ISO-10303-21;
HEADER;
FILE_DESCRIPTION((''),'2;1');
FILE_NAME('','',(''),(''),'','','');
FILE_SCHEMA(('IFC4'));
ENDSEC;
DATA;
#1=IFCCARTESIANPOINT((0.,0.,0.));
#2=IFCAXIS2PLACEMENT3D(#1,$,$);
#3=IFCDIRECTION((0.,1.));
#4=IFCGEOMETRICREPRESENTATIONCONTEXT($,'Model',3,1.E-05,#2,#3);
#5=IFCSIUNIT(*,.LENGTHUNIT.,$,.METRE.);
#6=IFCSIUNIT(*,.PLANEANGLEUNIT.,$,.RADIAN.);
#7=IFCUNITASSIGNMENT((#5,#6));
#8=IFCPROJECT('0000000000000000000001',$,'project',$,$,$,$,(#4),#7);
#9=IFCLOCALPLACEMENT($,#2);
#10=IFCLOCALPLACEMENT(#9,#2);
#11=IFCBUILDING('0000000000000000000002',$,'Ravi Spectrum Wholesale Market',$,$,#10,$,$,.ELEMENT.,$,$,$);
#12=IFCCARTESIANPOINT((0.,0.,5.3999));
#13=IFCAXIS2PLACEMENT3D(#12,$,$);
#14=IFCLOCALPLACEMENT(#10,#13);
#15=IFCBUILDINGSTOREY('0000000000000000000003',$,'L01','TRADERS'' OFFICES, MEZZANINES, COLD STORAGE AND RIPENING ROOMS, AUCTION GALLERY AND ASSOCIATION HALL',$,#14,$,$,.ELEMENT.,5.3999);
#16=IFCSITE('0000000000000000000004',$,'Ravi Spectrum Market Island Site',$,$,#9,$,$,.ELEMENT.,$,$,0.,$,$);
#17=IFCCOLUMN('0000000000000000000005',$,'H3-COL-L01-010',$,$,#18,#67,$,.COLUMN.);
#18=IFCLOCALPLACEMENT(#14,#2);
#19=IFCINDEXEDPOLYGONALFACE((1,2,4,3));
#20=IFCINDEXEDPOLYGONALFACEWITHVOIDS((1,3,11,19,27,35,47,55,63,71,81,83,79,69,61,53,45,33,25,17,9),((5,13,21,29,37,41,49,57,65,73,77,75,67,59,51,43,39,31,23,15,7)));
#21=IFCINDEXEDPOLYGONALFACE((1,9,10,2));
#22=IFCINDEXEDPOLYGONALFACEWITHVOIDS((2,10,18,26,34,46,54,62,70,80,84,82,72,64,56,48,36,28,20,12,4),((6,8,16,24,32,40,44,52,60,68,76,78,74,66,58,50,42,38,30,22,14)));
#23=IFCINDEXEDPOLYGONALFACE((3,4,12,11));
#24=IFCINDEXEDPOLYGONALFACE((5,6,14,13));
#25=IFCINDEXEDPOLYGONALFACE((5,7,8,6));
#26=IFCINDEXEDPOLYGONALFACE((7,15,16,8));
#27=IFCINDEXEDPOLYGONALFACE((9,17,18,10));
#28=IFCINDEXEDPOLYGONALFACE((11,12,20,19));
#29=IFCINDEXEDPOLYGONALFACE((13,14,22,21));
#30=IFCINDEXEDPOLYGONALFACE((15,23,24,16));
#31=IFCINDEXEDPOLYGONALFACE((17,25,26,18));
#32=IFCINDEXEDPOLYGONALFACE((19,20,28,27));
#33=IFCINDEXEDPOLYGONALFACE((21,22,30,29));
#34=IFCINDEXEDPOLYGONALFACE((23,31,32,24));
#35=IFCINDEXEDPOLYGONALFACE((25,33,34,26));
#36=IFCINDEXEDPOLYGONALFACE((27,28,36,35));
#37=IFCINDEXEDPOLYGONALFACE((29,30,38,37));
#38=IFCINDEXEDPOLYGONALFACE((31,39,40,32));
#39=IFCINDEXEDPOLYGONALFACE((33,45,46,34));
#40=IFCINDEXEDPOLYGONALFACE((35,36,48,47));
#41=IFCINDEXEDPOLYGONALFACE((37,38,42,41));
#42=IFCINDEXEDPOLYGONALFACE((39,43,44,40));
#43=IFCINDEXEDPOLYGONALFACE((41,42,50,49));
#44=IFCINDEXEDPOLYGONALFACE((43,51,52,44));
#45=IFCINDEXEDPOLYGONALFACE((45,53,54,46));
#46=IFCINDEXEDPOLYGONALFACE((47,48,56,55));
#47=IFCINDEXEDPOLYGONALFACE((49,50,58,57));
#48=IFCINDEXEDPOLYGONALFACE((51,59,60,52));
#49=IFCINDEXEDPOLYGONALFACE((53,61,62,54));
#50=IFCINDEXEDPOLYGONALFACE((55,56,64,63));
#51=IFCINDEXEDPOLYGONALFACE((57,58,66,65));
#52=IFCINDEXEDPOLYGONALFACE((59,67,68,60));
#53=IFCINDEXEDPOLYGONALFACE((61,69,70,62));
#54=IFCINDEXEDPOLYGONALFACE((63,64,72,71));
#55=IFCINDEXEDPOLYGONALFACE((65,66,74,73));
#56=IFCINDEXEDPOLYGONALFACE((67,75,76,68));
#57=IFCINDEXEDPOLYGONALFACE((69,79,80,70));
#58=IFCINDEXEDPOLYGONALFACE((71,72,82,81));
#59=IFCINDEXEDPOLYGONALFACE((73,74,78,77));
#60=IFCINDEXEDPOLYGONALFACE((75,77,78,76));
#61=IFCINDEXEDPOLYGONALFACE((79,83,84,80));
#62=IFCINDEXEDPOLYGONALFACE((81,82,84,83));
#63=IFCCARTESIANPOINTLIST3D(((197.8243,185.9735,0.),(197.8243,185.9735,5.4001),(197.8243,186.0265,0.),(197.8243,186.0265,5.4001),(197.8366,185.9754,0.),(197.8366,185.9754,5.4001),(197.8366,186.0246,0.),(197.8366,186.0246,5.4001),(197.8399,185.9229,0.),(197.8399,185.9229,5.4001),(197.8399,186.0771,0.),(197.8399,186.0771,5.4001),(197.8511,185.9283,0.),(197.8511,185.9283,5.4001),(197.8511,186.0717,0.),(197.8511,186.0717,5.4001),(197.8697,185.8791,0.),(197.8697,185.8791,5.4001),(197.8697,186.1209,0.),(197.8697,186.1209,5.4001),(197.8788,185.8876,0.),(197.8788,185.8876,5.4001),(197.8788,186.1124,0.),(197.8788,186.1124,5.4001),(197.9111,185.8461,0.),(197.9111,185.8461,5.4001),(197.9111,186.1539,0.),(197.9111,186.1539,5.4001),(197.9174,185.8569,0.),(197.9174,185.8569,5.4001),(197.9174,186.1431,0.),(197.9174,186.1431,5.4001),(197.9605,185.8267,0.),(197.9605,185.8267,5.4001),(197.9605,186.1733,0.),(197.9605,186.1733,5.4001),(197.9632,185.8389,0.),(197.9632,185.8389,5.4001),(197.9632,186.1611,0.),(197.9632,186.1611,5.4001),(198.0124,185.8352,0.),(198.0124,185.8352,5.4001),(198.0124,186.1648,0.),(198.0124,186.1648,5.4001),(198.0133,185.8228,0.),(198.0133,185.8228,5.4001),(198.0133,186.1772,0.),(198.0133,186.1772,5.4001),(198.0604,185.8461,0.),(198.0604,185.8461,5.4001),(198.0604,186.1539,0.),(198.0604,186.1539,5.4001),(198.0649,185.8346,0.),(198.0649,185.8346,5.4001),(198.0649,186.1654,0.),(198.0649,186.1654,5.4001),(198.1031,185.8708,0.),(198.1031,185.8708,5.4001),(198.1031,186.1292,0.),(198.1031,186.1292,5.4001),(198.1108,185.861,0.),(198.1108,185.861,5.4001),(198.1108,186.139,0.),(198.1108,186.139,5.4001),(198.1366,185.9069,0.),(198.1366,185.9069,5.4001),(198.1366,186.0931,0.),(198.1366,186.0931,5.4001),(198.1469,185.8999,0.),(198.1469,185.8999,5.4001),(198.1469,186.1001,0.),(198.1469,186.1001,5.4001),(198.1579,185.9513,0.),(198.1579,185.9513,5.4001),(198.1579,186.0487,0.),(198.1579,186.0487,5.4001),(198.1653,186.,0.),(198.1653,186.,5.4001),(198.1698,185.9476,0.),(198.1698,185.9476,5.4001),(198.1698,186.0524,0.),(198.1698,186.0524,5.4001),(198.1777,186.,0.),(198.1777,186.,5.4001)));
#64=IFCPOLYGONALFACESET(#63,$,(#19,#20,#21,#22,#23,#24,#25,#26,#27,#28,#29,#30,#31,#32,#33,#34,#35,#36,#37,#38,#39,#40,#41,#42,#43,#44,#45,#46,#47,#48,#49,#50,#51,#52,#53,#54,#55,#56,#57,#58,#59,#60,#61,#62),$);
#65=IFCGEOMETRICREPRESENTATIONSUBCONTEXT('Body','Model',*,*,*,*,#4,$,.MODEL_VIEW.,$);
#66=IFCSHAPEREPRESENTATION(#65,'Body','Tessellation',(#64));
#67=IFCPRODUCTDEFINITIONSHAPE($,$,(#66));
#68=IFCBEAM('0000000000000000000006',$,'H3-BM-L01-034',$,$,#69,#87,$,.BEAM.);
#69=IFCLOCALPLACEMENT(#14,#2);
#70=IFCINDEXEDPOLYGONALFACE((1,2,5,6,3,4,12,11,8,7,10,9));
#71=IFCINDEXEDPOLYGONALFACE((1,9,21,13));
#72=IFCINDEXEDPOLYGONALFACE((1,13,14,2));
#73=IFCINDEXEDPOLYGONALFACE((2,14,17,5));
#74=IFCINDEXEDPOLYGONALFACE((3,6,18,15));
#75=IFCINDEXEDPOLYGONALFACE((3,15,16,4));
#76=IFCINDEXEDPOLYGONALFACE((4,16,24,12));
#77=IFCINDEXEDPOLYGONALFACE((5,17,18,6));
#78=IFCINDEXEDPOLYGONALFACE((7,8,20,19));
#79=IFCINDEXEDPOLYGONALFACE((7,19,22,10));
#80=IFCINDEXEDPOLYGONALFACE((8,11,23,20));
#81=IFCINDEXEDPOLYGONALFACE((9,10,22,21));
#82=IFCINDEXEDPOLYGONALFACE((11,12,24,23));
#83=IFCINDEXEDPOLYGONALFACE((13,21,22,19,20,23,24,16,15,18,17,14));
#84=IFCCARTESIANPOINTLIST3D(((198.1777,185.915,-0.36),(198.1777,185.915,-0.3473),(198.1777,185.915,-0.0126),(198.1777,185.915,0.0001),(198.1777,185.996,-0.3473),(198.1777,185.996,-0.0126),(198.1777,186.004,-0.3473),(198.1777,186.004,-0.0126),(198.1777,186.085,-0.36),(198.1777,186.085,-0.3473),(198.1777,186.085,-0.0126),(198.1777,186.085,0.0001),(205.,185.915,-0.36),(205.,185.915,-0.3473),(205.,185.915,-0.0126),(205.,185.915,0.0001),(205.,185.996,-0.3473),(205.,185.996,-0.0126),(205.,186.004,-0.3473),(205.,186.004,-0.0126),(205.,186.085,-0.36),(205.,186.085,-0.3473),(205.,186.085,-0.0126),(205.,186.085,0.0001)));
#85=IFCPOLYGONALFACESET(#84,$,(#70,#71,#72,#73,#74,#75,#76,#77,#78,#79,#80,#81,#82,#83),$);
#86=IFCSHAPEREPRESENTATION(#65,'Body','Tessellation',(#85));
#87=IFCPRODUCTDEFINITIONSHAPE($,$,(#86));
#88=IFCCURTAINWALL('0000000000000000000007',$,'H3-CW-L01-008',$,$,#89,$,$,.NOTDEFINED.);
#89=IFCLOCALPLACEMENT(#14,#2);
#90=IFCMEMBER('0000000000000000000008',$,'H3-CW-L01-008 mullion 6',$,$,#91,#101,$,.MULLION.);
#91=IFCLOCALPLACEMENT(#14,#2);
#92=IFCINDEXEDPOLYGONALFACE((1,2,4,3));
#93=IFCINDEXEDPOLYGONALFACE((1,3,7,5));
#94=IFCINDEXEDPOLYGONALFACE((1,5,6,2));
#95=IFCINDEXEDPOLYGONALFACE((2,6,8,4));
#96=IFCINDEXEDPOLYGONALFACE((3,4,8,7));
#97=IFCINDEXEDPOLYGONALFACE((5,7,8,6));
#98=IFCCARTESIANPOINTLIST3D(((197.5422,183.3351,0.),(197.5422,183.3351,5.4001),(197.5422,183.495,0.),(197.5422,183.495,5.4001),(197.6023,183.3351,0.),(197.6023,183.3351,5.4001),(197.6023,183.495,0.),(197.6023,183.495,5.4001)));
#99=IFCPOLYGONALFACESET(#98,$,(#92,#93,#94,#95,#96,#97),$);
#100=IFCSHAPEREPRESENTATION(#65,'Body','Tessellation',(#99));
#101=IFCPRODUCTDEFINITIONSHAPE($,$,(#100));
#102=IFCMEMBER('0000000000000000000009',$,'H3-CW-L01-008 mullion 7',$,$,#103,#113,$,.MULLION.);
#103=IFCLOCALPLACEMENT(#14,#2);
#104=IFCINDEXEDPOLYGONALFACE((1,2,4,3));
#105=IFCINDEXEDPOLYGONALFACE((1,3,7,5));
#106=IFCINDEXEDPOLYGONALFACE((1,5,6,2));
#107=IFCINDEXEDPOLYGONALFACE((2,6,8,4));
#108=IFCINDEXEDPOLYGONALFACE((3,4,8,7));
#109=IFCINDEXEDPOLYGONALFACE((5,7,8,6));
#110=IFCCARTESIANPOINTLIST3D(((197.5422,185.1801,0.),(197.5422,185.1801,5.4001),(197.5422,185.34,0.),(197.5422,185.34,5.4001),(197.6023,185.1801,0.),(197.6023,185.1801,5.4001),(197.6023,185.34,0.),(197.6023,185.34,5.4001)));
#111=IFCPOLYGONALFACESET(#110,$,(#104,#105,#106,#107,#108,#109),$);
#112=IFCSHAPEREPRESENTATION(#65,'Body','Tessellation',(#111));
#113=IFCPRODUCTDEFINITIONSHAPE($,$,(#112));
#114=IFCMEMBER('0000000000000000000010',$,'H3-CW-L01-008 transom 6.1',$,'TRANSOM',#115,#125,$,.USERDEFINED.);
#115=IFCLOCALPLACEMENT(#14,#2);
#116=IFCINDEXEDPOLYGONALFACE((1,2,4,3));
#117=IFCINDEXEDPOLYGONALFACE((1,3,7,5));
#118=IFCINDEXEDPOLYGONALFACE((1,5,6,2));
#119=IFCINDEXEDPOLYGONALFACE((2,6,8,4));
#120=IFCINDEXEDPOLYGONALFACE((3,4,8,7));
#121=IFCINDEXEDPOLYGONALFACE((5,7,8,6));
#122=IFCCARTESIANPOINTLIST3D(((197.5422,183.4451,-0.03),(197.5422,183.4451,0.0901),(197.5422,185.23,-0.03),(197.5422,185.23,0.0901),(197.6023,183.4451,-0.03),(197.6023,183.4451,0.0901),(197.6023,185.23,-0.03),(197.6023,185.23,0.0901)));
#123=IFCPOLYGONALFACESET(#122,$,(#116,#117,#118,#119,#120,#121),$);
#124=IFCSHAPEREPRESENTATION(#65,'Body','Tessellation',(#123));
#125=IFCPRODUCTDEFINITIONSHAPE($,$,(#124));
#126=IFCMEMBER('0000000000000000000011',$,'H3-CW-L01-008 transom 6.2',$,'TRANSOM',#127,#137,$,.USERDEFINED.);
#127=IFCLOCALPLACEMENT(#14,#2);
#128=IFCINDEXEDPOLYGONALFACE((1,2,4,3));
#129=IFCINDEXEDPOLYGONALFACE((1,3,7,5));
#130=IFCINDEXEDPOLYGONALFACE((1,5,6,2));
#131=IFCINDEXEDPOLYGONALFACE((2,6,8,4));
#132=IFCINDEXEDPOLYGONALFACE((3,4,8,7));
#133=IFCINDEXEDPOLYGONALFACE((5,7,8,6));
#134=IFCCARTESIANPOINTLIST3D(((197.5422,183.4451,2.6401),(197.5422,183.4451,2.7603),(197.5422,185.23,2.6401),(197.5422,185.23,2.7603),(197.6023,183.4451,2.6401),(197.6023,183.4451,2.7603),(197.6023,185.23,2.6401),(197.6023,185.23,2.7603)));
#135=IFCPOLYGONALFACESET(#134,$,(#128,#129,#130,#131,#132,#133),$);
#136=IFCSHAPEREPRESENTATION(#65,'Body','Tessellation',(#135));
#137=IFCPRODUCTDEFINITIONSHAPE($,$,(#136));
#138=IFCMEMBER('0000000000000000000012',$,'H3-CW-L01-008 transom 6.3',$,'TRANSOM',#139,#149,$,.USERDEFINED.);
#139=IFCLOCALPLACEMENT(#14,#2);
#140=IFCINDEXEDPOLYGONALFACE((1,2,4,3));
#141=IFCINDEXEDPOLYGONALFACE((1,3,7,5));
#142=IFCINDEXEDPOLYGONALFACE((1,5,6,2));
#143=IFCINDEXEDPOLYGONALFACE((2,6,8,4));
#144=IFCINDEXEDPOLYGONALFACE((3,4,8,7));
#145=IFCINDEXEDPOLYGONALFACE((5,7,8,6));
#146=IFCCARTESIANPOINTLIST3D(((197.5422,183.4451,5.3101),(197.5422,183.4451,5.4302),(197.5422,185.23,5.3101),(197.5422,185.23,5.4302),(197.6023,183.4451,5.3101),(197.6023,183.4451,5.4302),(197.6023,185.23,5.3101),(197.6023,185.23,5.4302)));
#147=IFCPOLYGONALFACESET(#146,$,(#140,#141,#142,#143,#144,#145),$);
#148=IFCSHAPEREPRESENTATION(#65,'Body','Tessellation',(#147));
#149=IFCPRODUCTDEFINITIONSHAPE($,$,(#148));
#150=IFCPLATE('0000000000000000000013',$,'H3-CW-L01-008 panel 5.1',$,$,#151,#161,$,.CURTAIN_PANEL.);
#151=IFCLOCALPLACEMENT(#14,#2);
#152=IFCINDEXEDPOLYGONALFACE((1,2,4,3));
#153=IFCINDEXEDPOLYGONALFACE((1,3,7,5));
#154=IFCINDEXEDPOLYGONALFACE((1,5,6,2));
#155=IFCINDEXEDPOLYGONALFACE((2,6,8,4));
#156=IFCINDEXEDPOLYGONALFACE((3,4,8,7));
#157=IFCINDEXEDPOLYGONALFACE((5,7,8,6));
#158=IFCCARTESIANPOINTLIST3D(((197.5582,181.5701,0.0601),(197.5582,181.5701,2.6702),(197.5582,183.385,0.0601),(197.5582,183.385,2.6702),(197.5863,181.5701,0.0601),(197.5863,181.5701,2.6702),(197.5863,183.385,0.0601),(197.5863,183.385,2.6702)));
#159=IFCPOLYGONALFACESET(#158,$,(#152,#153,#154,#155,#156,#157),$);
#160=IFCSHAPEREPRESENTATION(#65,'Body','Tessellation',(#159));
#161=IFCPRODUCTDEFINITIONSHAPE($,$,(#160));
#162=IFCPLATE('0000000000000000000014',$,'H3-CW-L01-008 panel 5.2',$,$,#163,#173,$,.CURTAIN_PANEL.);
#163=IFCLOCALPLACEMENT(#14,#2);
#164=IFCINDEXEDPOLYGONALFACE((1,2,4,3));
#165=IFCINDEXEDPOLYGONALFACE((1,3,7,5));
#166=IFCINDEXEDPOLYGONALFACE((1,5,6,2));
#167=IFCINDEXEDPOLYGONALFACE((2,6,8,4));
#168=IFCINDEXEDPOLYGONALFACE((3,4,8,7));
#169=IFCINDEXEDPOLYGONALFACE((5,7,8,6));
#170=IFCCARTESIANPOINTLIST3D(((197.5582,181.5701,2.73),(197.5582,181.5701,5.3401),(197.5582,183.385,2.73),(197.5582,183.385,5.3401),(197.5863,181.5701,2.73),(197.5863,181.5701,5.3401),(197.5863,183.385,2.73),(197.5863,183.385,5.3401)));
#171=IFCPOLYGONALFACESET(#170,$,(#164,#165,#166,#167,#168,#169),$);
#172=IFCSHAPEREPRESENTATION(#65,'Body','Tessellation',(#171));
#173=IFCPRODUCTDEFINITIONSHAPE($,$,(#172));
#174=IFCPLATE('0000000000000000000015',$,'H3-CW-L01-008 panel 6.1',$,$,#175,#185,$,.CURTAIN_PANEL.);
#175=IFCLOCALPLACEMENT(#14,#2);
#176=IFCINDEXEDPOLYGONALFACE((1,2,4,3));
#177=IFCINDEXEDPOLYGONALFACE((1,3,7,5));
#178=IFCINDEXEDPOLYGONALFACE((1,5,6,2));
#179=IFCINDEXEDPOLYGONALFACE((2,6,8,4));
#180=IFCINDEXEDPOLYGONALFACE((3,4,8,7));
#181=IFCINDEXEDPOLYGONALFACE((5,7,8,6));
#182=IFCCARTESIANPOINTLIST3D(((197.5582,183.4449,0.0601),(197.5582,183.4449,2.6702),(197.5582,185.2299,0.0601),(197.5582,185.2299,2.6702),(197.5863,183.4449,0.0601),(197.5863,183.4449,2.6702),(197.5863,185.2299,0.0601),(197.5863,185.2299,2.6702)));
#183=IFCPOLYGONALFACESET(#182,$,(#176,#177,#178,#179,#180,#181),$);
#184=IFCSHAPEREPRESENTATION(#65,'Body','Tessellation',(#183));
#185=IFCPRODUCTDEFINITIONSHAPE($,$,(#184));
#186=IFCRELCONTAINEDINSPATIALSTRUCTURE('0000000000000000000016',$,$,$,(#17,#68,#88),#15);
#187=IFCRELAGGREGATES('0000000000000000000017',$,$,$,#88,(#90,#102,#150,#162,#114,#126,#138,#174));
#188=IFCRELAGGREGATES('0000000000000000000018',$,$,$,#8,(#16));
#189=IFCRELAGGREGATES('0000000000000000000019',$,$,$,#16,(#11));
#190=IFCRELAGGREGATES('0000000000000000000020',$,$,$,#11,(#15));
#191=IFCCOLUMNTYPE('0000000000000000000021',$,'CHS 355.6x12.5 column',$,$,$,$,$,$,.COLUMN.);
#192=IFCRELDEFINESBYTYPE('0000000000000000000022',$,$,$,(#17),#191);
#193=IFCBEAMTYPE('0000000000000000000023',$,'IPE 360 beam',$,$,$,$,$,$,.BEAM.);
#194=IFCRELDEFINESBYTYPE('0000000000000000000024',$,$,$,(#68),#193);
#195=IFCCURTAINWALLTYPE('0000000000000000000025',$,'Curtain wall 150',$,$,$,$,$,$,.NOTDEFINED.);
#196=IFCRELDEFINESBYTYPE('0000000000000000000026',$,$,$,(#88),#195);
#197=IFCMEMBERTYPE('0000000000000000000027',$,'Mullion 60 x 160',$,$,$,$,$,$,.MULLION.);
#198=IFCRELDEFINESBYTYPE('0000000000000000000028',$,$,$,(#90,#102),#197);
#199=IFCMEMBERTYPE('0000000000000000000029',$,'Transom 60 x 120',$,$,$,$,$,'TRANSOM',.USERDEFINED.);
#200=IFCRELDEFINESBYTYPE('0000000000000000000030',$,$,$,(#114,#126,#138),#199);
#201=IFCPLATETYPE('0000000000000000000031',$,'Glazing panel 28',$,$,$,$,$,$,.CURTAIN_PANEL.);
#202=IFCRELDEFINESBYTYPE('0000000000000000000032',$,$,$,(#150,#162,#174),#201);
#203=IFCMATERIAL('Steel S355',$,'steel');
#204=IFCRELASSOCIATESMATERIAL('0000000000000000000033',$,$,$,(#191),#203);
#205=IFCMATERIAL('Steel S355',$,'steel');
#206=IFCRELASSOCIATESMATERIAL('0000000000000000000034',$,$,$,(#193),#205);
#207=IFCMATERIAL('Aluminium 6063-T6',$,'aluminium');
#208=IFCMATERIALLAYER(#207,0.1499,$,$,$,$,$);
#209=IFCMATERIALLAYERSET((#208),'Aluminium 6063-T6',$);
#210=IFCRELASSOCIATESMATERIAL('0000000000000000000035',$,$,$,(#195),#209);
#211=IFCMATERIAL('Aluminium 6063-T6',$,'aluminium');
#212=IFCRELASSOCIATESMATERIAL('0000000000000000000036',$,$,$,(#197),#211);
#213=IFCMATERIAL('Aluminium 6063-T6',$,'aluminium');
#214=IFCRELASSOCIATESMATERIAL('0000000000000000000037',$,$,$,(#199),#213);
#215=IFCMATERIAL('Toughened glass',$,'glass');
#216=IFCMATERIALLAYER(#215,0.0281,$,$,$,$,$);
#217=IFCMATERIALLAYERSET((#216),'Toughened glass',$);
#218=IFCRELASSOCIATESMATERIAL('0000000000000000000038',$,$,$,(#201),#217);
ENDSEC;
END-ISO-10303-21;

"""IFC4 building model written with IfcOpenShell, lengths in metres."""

from ifc_helpers import new_model, si_unit, direction, frame, origin, origin_2d, place, context, subcontext, project, spatial, rectangle, hollow_circle, i_section, extrude, material, layer, layer_set, material_profile, profile_set, type_object, element, aggregate, save


model = new_model("IFC4")

# Units and contexts
model_context = context("Model", 3, precision=1e-05, world=origin(), true_north=direction((0.0, 1.0)))
body_context = subcontext(model_context, "Body", "Model", "MODEL_VIEW")
ifc_project = project(units=[si_unit("LENGTHUNIT", "METRE"), si_unit("PLANEANGLEUNIT", "RADIAN")], contexts=[model_context])

# Site, building, storey
site_placement = place(None, origin())
site = spatial("IfcSite", under=ifc_project, at=site_placement, Name="Ravi Spectrum Market Island Site", CompositionType="ELEMENT", RefElevation=0.0)
building_placement = place(site_placement, origin())
building = spatial("IfcBuilding", under=site, at=building_placement, Name="Ravi Spectrum Wholesale Market", CompositionType="ELEMENT")
storey_placement = place(building_placement, frame((0.0, 0.0, 5.3999)))
storey = spatial("IfcBuildingStorey", under=building, at=storey_placement, Name="L01", Description="TRADERS' OFFICES, MEZZANINES, COLD STORAGE AND RIPENING ROOMS, AUCTION GALLERY AND ASSOCIATION HALL", CompositionType="ELEMENT", Elevation=5.3999)

# Column
ifc_material_1 = material(Name="Steel S355", Category="steel")
ifc_material_profile_1 = material_profile(ifc_material_1, hollow_circle(Radius=0.1777, WallThickness=0.0125, at=origin_2d()))
ifc_profile_set_1 = profile_set([ifc_material_profile_1], Name="Steel S355")
column_type = type_object("IfcColumnType", Name="CHS 355.6x12.5 column", PredefinedType="COLUMN", material=ifc_profile_set_1)
column_placement = place(storey_placement, frame((198.0, 186.0, 0.0), z_axis=(0.0, 0.0, 1.0), x_axis=(1.0, 0.0, 0.0)))
element("IfcColumn", 1, at=column_placement, inside=storey, type_object=column_type, Name="H3-COL-L01-010", PredefinedType="COLUMN", context=body_context, shape_type="SweptSolid", body=[
    extrude(hollow_circle(Radius=0.1777, WallThickness=0.0125, at=origin_2d()), origin(), (0.0, 0.0, 1.0), 5.4001),
])

# Beam
ifc_material_2 = material(Name="Steel S355", Category="steel")
ifc_material_profile_2 = material_profile(ifc_material_2, i_section(OverallWidth=0.1699, OverallDepth=0.3601, WebThickness=0.0081, FlangeThickness=0.0127, at=origin_2d()))
ifc_profile_set_2 = profile_set([ifc_material_profile_2], Name="Steel S355")
beam_type = type_object("IfcBeamType", Name="IPE 360 beam", PredefinedType="BEAM", material=ifc_profile_set_2)
beam_placement = place(storey_placement, frame((198.1777, 186.0, -0.1799), z_axis=(1.0, 0.0, 0.0), x_axis=(0.0, 1.0, 0.0)))
element("IfcBeam", 2, at=beam_placement, inside=storey, type_object=beam_type, Name="H3-BM-L01-034", PredefinedType="BEAM", context=body_context, shape_type="SweptSolid", body=[
    extrude(i_section(OverallWidth=0.1699, OverallDepth=0.3601, WebThickness=0.0081, FlangeThickness=0.0127, at=origin_2d()), origin(), (0.0, 0.0, 1.0), 6.8223),
])

# Curtain wall, members, plates
ifc_material_3 = material(Name="Aluminium 6063-T6", Category="aluminium")
ifc_layer_1 = layer(ifc_material_3, 0.1499)
ifc_layer_set_1 = layer_set([ifc_layer_1], Name="Aluminium 6063-T6")
curtain_wall_type = type_object("IfcCurtainWallType", Name="Curtain wall 150", PredefinedType="NOTDEFINED", material=ifc_layer_set_1)
curtain_wall_placement = place(storey_placement, origin())
curtain_wall = element("IfcCurtainWall", 3, at=curtain_wall_placement, inside=storey, type_object=curtain_wall_type, Name="H3-CW-L01-008", PredefinedType="NOTDEFINED")
ifc_material_4 = material(Name="Aluminium 6063-T6", Category="aluminium")
ifc_material_profile_3 = material_profile(ifc_material_4, rectangle(XDim=0.0601, YDim=0.1599, at=origin_2d()))
ifc_profile_set_3 = profile_set([ifc_material_profile_3], Name="Aluminium 6063-T6")
member_type_1 = type_object("IfcMemberType", Name="Mullion 60 x 160", PredefinedType="MULLION", material=ifc_profile_set_3)
member_1_placement = place(storey_placement, frame((197.5723, 183.415, 0.0), z_axis=(0.0, 0.0, 1.0), x_axis=(-1.0, 0.0, 0.0)))
member_1 = element("IfcMember", 4, at=member_1_placement, type_object=member_type_1, Name="H3-CW-L01-008 mullion 6", PredefinedType="MULLION", context=body_context, shape_type="SweptSolid", body=[
    extrude(rectangle(XDim=0.0601, YDim=0.1599, at=origin_2d()), origin(), (0.0, 0.0, 1.0), 5.4001),
])
member_2_placement = place(storey_placement, frame((197.5723, 185.26, 0.0), z_axis=(0.0, 0.0, 1.0), x_axis=(-1.0, 0.0, 0.0)))
member_2 = element("IfcMember", 5, at=member_2_placement, type_object=member_type_1, Name="H3-CW-L01-008 mullion 7", PredefinedType="MULLION", context=body_context, shape_type="SweptSolid", body=[
    extrude(rectangle(XDim=0.0601, YDim=0.1599, at=origin_2d()), origin(), (0.0, 0.0, 1.0), 5.4001),
])
ifc_material_5 = material(Name="Aluminium 6063-T6", Category="aluminium")
ifc_material_profile_4 = material_profile(ifc_material_5, rectangle(XDim=0.0601, YDim=0.1201, at=origin_2d()))
ifc_profile_set_4 = profile_set([ifc_material_profile_4], Name="Aluminium 6063-T6")
member_type_2 = type_object("IfcMemberType", Name="Transom 60 x 120", ElementType="TRANSOM", PredefinedType="USERDEFINED", material=ifc_profile_set_4)
member_3_placement = place(storey_placement, frame((197.5723, 183.4451, 0.03), z_axis=(0.0, 1.0, 0.0), x_axis=(-1.0, 0.0, 0.0)))
member_3 = element("IfcMember", 6, at=member_3_placement, type_object=member_type_2, Name="H3-CW-L01-008 transom 6.1", ObjectType="TRANSOM", PredefinedType="USERDEFINED", context=body_context, shape_type="SweptSolid", body=[
    extrude(rectangle(XDim=0.0601, YDim=0.1201, at=origin_2d()), origin(), (0.0, 0.0, 1.0), 1.7849),
])
member_4_placement = place(storey_placement, frame((197.5723, 183.4451, 2.7002), z_axis=(0.0, 1.0, 0.0), x_axis=(-1.0, 0.0, 0.0)))
member_4 = element("IfcMember", 7, at=member_4_placement, type_object=member_type_2, Name="H3-CW-L01-008 transom 6.2", ObjectType="TRANSOM", PredefinedType="USERDEFINED", context=body_context, shape_type="SweptSolid", body=[
    extrude(rectangle(XDim=0.0601, YDim=0.1201, at=origin_2d()), origin(), (0.0, 0.0, 1.0), 1.7849),
])
member_5_placement = place(storey_placement, frame((197.5723, 183.4451, 5.3701), z_axis=(0.0, 1.0, 0.0), x_axis=(-1.0, 0.0, 0.0)))
member_5 = element("IfcMember", 8, at=member_5_placement, type_object=member_type_2, Name="H3-CW-L01-008 transom 6.3", ObjectType="TRANSOM", PredefinedType="USERDEFINED", context=body_context, shape_type="SweptSolid", body=[
    extrude(rectangle(XDim=0.0601, YDim=0.1201, at=origin_2d()), origin(), (0.0, 0.0, 1.0), 1.7849),
])
ifc_material_6 = material(Name="Toughened glass", Category="glass")
ifc_layer_2 = layer(ifc_material_6, 0.0281)
ifc_layer_set_2 = layer_set([ifc_layer_2], Name="Toughened glass")
plate_type = type_object("IfcPlateType", Name="Glazing panel 28", PredefinedType="CURTAIN_PANEL", material=ifc_layer_set_2)
plate_1_placement = place(storey_placement, frame((197.5723, 182.4775, 0.0601), z_axis=(0.0, 0.0, 1.0), x_axis=(0.0, 1.0, 0.0)))
plate_1 = element("IfcPlate", 9, at=plate_1_placement, type_object=plate_type, Name="H3-CW-L01-008 panel 5.1", PredefinedType="CURTAIN_PANEL", context=body_context, shape_type="SweptSolid", body=[
    extrude(rectangle(XDim=1.8149, YDim=0.0281, at=origin_2d()), origin(), (0.0, 0.0, 1.0), 2.6101),
])
plate_2_placement = place(storey_placement, frame((197.5723, 182.4775, 2.73), z_axis=(0.0, 0.0, 1.0), x_axis=(0.0, 1.0, 0.0)))
plate_2 = element("IfcPlate", 10, at=plate_2_placement, type_object=plate_type, Name="H3-CW-L01-008 panel 5.2", PredefinedType="CURTAIN_PANEL", context=body_context, shape_type="SweptSolid", body=[
    extrude(rectangle(XDim=1.8149, YDim=0.0281, at=origin_2d()), origin(), (0.0, 0.0, 1.0), 2.6101),
])
plate_3_placement = place(storey_placement, frame((197.5723, 184.3374, 0.0601), z_axis=(0.0, 0.0, 1.0), x_axis=(0.0, 1.0, 0.0)))
plate_3 = element("IfcPlate", 11, at=plate_3_placement, type_object=plate_type, Name="H3-CW-L01-008 panel 6.1", PredefinedType="CURTAIN_PANEL", context=body_context, shape_type="SweptSolid", body=[
    extrude(rectangle(XDim=1.7849, YDim=0.0281, at=origin_2d()), origin(), (0.0, 0.0, 1.0), 2.6101),
])
aggregate(curtain_wall, [member_1, member_2, plate_1, plate_2, member_3, member_4, member_5, plate_3])

save(model, "model.ifc")
